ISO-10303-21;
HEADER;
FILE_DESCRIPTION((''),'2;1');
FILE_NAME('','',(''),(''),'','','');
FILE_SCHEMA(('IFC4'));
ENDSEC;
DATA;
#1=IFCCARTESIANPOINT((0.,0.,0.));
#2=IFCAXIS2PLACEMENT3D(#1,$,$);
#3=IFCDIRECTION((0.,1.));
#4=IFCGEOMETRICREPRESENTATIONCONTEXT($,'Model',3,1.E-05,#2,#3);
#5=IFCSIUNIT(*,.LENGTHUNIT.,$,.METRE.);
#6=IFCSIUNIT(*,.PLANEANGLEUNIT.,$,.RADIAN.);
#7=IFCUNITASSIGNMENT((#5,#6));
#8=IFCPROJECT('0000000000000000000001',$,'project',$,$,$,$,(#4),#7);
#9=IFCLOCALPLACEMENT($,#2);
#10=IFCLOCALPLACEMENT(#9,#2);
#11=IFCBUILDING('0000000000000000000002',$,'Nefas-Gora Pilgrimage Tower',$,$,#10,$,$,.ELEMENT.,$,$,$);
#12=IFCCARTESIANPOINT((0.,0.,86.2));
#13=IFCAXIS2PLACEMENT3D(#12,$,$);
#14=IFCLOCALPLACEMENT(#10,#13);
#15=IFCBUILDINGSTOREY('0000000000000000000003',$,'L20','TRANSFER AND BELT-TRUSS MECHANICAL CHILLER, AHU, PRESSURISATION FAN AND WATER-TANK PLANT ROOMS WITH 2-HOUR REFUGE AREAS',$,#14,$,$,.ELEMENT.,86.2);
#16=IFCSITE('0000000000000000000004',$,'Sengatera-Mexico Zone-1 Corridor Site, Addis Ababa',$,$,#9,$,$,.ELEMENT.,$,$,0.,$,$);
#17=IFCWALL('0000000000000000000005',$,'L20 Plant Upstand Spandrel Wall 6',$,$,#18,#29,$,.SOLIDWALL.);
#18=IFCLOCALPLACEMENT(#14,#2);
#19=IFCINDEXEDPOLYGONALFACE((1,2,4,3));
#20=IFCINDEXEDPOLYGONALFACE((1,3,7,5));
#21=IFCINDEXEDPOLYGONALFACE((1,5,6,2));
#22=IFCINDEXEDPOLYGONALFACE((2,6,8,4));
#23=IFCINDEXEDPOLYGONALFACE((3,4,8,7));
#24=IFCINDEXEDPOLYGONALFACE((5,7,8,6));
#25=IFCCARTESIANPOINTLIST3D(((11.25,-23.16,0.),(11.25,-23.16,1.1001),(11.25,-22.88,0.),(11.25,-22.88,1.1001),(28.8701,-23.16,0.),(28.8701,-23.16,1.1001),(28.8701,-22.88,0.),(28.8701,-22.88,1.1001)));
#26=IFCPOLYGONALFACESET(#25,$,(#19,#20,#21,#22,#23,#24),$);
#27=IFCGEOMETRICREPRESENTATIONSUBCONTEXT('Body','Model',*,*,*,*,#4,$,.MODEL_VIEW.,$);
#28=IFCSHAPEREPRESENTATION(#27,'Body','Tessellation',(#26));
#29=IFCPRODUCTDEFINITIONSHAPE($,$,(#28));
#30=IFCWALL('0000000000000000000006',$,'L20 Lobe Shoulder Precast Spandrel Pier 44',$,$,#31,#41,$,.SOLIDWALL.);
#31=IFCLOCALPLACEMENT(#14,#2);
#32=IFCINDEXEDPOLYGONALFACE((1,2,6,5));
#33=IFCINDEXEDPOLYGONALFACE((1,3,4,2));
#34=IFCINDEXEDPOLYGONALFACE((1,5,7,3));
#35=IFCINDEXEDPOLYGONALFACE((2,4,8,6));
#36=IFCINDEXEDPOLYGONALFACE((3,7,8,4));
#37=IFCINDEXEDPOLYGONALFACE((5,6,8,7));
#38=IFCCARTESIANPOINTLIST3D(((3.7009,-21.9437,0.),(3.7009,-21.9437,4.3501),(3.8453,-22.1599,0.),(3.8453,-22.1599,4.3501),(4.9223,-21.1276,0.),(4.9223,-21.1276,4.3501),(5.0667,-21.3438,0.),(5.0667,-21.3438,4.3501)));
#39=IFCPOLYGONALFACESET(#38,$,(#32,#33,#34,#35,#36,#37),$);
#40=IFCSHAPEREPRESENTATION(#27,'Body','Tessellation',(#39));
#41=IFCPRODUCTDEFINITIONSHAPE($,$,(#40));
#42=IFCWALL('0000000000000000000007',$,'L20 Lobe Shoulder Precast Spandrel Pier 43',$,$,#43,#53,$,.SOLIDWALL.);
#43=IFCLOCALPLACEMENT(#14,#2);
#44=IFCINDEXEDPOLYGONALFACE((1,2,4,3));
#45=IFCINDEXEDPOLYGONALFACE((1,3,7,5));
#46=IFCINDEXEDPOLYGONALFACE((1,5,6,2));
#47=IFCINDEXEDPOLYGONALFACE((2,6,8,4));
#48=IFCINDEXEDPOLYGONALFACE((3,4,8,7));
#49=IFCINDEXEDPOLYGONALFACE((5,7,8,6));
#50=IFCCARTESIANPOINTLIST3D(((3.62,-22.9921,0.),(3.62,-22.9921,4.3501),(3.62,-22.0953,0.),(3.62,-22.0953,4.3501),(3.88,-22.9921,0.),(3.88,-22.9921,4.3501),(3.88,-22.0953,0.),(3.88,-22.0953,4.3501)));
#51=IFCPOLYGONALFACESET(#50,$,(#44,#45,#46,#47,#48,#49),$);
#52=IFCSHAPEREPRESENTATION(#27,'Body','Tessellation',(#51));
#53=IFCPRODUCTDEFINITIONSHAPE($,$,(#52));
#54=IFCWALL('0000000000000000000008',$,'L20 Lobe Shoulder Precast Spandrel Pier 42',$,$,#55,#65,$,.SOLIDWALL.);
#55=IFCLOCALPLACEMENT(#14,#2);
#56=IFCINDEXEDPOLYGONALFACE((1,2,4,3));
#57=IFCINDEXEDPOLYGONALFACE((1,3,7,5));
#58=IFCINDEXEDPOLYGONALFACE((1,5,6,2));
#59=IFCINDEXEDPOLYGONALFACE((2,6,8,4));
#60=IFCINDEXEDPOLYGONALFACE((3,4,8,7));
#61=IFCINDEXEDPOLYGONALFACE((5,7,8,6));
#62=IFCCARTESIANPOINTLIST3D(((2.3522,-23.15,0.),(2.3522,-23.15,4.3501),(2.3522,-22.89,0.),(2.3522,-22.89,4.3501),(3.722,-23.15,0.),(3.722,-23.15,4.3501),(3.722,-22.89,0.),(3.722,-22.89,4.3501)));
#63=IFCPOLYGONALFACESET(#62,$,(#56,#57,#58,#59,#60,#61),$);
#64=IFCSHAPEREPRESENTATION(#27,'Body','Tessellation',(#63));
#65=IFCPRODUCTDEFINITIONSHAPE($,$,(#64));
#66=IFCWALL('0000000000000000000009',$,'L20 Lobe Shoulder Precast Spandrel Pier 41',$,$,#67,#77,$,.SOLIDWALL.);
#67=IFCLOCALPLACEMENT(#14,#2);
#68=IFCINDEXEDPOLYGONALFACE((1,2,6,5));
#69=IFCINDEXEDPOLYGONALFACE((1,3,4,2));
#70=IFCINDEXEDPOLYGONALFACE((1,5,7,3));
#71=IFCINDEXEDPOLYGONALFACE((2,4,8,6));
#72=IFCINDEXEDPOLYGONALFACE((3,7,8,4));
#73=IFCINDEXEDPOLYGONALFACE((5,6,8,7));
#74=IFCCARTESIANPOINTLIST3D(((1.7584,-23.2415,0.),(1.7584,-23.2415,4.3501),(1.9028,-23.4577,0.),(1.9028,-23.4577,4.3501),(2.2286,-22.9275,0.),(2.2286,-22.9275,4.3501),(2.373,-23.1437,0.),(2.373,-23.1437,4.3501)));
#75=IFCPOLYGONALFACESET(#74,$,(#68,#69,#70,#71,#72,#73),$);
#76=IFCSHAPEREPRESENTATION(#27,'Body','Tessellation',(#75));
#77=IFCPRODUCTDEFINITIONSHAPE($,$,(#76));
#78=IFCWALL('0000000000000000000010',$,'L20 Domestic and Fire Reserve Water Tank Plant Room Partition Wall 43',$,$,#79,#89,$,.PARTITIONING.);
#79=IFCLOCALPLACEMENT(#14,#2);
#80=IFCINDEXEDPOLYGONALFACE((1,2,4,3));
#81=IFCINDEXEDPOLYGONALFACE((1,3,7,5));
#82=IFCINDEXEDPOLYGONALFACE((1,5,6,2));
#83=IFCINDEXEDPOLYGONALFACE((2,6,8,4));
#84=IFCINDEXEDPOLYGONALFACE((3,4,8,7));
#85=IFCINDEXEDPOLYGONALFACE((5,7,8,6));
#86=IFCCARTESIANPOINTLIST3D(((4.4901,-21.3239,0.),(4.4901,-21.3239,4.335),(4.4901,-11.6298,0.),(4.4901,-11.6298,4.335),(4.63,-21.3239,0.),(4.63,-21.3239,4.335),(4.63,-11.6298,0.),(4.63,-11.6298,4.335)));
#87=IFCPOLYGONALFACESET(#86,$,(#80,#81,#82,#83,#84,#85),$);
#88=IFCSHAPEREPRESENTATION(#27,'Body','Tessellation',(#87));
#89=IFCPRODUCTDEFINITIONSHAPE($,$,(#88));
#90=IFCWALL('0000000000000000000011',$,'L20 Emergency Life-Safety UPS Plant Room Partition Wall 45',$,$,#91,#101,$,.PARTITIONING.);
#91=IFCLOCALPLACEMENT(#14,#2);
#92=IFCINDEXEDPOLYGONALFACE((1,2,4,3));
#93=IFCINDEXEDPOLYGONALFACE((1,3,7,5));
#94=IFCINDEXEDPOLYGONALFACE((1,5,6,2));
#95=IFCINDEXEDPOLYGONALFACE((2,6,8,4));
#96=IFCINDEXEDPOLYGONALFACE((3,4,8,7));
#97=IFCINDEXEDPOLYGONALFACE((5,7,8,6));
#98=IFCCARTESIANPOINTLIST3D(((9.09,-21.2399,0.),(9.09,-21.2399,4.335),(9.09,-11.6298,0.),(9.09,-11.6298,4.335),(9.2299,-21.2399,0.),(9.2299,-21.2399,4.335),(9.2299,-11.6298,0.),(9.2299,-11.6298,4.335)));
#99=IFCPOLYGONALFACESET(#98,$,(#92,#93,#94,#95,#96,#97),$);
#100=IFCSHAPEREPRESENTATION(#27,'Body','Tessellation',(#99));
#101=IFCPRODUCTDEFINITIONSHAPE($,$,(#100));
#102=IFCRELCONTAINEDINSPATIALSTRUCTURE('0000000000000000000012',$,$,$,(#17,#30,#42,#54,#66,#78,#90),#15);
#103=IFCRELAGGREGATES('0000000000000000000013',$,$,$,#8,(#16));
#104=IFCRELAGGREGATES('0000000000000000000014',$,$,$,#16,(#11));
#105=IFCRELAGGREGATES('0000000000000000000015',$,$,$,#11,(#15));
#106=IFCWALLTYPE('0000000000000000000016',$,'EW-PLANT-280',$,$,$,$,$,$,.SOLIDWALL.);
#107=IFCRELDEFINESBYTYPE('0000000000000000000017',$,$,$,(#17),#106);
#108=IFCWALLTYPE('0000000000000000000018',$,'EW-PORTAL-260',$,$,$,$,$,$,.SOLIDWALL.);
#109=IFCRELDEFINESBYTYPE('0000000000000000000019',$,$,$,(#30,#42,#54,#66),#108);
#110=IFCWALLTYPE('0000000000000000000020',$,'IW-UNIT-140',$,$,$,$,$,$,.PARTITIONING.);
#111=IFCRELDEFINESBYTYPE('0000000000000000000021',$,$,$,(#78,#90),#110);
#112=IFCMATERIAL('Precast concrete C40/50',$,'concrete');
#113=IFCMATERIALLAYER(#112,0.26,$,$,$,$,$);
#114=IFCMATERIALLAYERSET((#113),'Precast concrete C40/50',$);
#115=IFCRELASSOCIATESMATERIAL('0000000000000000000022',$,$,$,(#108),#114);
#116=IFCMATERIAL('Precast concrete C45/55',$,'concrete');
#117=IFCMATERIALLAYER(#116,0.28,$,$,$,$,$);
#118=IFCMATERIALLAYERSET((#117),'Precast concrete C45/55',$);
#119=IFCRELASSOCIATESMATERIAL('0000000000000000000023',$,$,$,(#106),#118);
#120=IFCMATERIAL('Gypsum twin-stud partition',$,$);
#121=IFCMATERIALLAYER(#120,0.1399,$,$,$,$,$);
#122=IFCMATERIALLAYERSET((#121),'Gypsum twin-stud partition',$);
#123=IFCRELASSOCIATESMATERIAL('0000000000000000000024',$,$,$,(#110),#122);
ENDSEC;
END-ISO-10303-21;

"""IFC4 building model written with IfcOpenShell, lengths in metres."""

from ifc_helpers import new_model, si_unit, direction, frame, frame_2d, origin, place, context, subcontext, project, spatial, rectangle, extrude, source, transform, mapped, material, layer, layer_set, type_object, element, save


model = new_model("IFC4")

# Units and contexts
model_context = context("Model", 3, precision=1e-05, world=origin(), true_north=direction((0.0, 1.0)))
body_context = subcontext(model_context, "Body", "Model", "MODEL_VIEW")
ifc_project = project(units=[si_unit("LENGTHUNIT", "METRE"), si_unit("PLANEANGLEUNIT", "RADIAN")], contexts=[model_context])

# Site, building, storey
site_placement = place(None, origin())
site = spatial("IfcSite", under=ifc_project, at=site_placement, Name="Sengatera-Mexico Zone-1 Corridor Site, Addis Ababa", CompositionType="ELEMENT", RefElevation=0.0)
building_placement = place(site_placement, origin())
building = spatial("IfcBuilding", under=site, at=building_placement, Name="Nefas-Gora Pilgrimage Tower", CompositionType="ELEMENT")
storey_placement = place(building_placement, frame((0.0, 0.0, 86.2)))
storey = spatial("IfcBuildingStorey", under=building, at=storey_placement, Name="L20", Description="TRANSFER AND BELT-TRUSS MECHANICAL CHILLER, AHU, PRESSURISATION FAN AND WATER-TANK PLANT ROOMS WITH 2-HOUR REFUGE AREAS", CompositionType="ELEMENT", Elevation=86.2)

# Walls
ifc_material_1 = material(Name="Precast concrete C40/50", Category="concrete")
ifc_layer_1 = layer(ifc_material_1, 0.26)
ifc_layer_set_1 = layer_set([ifc_layer_1], Name="Precast concrete C40/50")
wall_type_1 = type_object("IfcWallType", Name="EW-PORTAL-260", PredefinedType="SOLIDWALL", material=ifc_layer_set_1)
ifc_material_2 = material(Name="Precast concrete C45/55", Category="concrete")
ifc_layer_2 = layer(ifc_material_2, 0.28)
ifc_layer_set_2 = layer_set([ifc_layer_2], Name="Precast concrete C45/55")
wall_type_2 = type_object("IfcWallType", Name="EW-PLANT-280", PredefinedType="SOLIDWALL", material=ifc_layer_set_2)
shared_shape_1 = source(origin(), body_context, "Body", "SweptSolid", [
    extrude(rectangle(XDim=17.6201, YDim=0.28, at=frame_2d((8.8101, 0.0))), origin(), (0.0, 0.0, 1.0), 1.1001),
])
wall_1_placement = place(storey_placement, frame((11.25, -23.02, 0.0), z_axis=(0.0, 0.0, 1.0), x_axis=(1.0, 0.0, 0.0)))
element("IfcWall", 1, at=wall_1_placement, inside=storey, type_object=wall_type_2, Name="L20 Plant Upstand Spandrel Wall 6", PredefinedType="SOLIDWALL", context=body_context, shape_type="MappedRepresentation", body=[
    mapped(shared_shape_1, transform((0.0, 0.0, 0.0), x_axis=(1.0, 0.0, 0.0), y_axis=(0.0, 1.0, 0.0), z_axis=(0.0, 0.0, 1.0), scale=1.0)),
])
shared_shape_2 = source(origin(), body_context, "Body", "SweptSolid", [
    extrude(rectangle(XDim=1.469, YDim=0.26, at=frame_2d((0.7344, 0.0))), origin(), (0.0, 0.0, 1.0), 4.3501),
])
wall_2_placement = place(storey_placement, frame((3.7732, -22.0518, 0.0), z_axis=(0.0, 0.0, 1.0), x_axis=(0.831462, 0.555582, 0.0)))
element("IfcWall", 2, at=wall_2_placement, inside=storey, type_object=wall_type_1, Name="L20 Lobe Shoulder Precast Spandrel Pier 44", PredefinedType="SOLIDWALL", context=body_context, shape_type="MappedRepresentation", body=[
    mapped(shared_shape_2, transform((0.0, 0.0, 0.0), x_axis=(1.0, 0.0, 0.0), y_axis=(0.0, 1.0, 0.0), z_axis=(0.0, 0.0, 1.0), scale=1.0)),
])
shared_shape_3 = source(origin(), body_context, "Body", "SweptSolid", [
    extrude(rectangle(XDim=0.8967, YDim=0.26, at=frame_2d((0.4482, 0.0))), origin(), (0.0, 0.0, 1.0), 4.3501),
])
wall_3_placement = place(storey_placement, frame((3.75, -22.9919, 0.0), z_axis=(0.0, 0.0, 1.0), x_axis=(0.0, 1.0, 0.0)))
element("IfcWall", 3, at=wall_3_placement, inside=storey, type_object=wall_type_1, Name="L20 Lobe Shoulder Precast Spandrel Pier 43", PredefinedType="SOLIDWALL", context=body_context, shape_type="MappedRepresentation", body=[
    mapped(shared_shape_3, transform((0.0, 0.0, 0.0), x_axis=(1.0, 0.0, 0.0), y_axis=(0.0, 1.0, 0.0), z_axis=(0.0, 0.0, 1.0), scale=1.0)),
])
shared_shape_4 = source(origin(), body_context, "Body", "SweptSolid", [
    extrude(rectangle(XDim=1.3699, YDim=0.26, at=frame_2d((0.6851, 0.0))), origin(), (0.0, 0.0, 1.0), 4.3501),
])
wall_4_placement = place(storey_placement, frame((2.3521, -23.02, 0.0), z_axis=(0.0, 0.0, 1.0), x_axis=(1.0, 0.0, 0.0)))
element("IfcWall", 4, at=wall_4_placement, inside=storey, type_object=wall_type_1, Name="L20 Lobe Shoulder Precast Spandrel Pier 42", PredefinedType="SOLIDWALL", context=body_context, shape_type="MappedRepresentation", body=[
    mapped(shared_shape_4, transform((0.0, 0.0, 0.0), x_axis=(1.0, 0.0, 0.0), y_axis=(0.0, 1.0, 0.0), z_axis=(0.0, 0.0, 1.0), scale=1.0)),
])
shared_shape_5 = source(origin(), body_context, "Body", "SweptSolid", [
    extrude(rectangle(XDim=0.5654, YDim=0.26, at=frame_2d((0.2827, 0.0))), origin(), (0.0, 0.0, 1.0), 4.3501),
])
wall_5_placement = place(storey_placement, frame((1.8306, -23.3496, 0.0), z_axis=(0.0, 0.0, 1.0), x_axis=(0.831651, 0.555298, 0.0)))
element("IfcWall", 5, at=wall_5_placement, inside=storey, type_object=wall_type_1, Name="L20 Lobe Shoulder Precast Spandrel Pier 41", PredefinedType="SOLIDWALL", context=body_context, shape_type="MappedRepresentation", body=[
    mapped(shared_shape_5, transform((0.0, 0.0, 0.0), x_axis=(1.0, 0.0, 0.0), y_axis=(0.0, 1.0, 0.0), z_axis=(0.0, 0.0, 1.0), scale=1.0)),
])
ifc_material_3 = material(Name="Gypsum twin-stud partition")
ifc_layer_3 = layer(ifc_material_3, 0.1399)
ifc_layer_set_3 = layer_set([ifc_layer_3], Name="Gypsum twin-stud partition")
wall_type_3 = type_object("IfcWallType", Name="IW-UNIT-140", PredefinedType="PARTITIONING", material=ifc_layer_set_3)
shared_shape_6 = source(origin(), body_context, "Body", "SweptSolid", [
    extrude(rectangle(XDim=9.6941, YDim=0.1399, at=frame_2d((4.8472, 0.0))), origin(), (0.0, 0.0, 1.0), 4.335),
])
wall_6_placement = place(storey_placement, frame((4.5601, -21.324, 0.0), z_axis=(0.0, 0.0, 1.0), x_axis=(0.0, 1.0, 0.0)))
element("IfcWall", 6, at=wall_6_placement, inside=storey, type_object=wall_type_3, Name="L20 Domestic and Fire Reserve Water Tank Plant Room Partition Wall 43", PredefinedType="PARTITIONING", context=body_context, shape_type="MappedRepresentation", body=[
    mapped(shared_shape_6, transform((0.0, 0.0, 0.0), x_axis=(1.0, 0.0, 0.0), y_axis=(0.0, 1.0, 0.0), z_axis=(0.0, 0.0, 1.0), scale=1.0)),
])
shared_shape_7 = source(origin(), body_context, "Body", "SweptSolid", [
    extrude(rectangle(XDim=9.6101, YDim=0.1399, at=frame_2d((4.8052, 0.0))), origin(), (0.0, 0.0, 1.0), 4.335),
])
wall_7_placement = place(storey_placement, frame((9.1599, -21.24, 0.0), z_axis=(0.0, 0.0, 1.0), x_axis=(0.0, 1.0, 0.0)))
element("IfcWall", 7, at=wall_7_placement, inside=storey, type_object=wall_type_3, Name="L20 Emergency Life-Safety UPS Plant Room Partition Wall 45", PredefinedType="PARTITIONING", context=body_context, shape_type="MappedRepresentation", body=[
    mapped(shared_shape_7, transform((0.0, 0.0, 0.0), x_axis=(1.0, 0.0, 0.0), y_axis=(0.0, 1.0, 0.0), z_axis=(0.0, 0.0, 1.0), scale=1.0)),
])

save(model, "model.ifc")
